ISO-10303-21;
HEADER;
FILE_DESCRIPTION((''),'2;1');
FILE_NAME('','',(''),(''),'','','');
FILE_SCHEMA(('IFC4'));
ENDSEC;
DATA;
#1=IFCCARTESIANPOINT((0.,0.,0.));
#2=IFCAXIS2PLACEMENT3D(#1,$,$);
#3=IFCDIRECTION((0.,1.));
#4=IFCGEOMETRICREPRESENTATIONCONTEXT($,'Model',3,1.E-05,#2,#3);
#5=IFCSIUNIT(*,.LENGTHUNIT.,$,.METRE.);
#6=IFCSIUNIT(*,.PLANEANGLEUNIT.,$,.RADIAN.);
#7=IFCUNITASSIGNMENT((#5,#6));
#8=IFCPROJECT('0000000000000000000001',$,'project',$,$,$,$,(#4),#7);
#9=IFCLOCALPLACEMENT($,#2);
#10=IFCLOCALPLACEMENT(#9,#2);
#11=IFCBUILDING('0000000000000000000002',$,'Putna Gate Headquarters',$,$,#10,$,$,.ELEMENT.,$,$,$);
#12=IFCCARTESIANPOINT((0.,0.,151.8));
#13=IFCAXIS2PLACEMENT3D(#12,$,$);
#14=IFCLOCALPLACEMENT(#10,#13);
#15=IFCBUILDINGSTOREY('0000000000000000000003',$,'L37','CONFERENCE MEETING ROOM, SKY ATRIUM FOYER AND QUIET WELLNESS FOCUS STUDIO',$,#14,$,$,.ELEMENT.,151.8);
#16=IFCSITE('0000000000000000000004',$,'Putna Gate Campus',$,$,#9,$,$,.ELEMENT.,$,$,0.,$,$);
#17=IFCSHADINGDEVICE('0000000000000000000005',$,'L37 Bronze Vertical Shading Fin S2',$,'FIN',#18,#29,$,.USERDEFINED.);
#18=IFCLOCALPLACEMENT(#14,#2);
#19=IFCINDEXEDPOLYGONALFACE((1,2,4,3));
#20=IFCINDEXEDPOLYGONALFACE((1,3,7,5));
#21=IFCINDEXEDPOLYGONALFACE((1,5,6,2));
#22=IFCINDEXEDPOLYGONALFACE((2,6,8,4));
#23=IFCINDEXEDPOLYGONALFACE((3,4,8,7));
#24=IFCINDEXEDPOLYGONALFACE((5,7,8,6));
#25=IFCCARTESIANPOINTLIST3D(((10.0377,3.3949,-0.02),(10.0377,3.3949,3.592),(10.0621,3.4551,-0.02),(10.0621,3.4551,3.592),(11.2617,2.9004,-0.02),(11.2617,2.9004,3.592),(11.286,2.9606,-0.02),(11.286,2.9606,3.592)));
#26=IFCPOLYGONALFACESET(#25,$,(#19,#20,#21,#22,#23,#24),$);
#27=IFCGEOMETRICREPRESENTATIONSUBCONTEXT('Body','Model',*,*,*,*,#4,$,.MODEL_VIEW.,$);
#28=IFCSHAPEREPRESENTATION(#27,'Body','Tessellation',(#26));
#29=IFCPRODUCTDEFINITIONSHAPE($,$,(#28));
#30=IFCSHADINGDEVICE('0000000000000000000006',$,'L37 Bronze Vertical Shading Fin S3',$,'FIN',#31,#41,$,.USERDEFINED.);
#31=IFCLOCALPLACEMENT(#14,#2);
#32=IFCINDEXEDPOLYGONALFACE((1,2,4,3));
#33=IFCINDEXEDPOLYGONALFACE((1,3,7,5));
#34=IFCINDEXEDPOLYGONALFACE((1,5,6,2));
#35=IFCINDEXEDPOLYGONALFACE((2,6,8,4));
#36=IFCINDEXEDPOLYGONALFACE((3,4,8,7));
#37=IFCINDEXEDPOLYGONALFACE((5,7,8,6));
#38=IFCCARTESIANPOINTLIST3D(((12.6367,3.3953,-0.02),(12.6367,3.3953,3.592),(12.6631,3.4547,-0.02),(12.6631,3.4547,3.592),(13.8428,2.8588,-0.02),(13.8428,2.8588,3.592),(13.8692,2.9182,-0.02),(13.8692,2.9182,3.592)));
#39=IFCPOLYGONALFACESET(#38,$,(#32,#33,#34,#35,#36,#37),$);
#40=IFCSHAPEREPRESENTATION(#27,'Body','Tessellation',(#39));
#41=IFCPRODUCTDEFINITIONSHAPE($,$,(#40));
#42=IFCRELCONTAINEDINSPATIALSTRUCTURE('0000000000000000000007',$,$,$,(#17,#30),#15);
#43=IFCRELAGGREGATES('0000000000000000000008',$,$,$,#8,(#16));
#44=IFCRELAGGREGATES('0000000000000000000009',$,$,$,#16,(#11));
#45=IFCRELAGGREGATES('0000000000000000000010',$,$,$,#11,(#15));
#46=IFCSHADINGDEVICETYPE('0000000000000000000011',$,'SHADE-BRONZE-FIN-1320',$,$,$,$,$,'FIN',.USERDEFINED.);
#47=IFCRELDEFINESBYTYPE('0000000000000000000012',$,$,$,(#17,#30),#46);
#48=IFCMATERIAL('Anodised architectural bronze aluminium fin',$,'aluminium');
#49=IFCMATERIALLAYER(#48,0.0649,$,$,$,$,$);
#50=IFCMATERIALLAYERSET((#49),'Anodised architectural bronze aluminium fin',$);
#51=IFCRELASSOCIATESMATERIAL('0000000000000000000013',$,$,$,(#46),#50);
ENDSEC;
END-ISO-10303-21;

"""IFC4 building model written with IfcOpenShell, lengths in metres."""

from ifc_helpers import new_model, si_unit, direction, frame, origin, origin_2d, place, context, subcontext, project, spatial, rectangle, extrude, material, layer, layer_set, type_object, element, save


model = new_model("IFC4")

# Units and contexts
model_context = context("Model", 3, precision=1e-05, world=origin(), true_north=direction((0.0, 1.0)))
body_context = subcontext(model_context, "Body", "Model", "MODEL_VIEW")
ifc_project = project(units=[si_unit("LENGTHUNIT", "METRE"), si_unit("PLANEANGLEUNIT", "RADIAN")], contexts=[model_context])

# Site, building, storey
site_placement = place(None, origin())
site = spatial("IfcSite", under=ifc_project, at=site_placement, Name="Putna Gate Campus", CompositionType="ELEMENT", RefElevation=0.0)
building_placement = place(site_placement, origin())
building = spatial("IfcBuilding", under=site, at=building_placement, Name="Putna Gate Headquarters", CompositionType="ELEMENT")
storey_placement = place(building_placement, frame((0.0, 0.0, 151.8)))
storey = spatial("IfcBuildingStorey", under=building, at=storey_placement, Name="L37", Description="CONFERENCE MEETING ROOM, SKY ATRIUM FOYER AND QUIET WELLNESS FOCUS STUDIO", CompositionType="ELEMENT", Elevation=151.8)

# Shading devices
ifc_material_1 = material(Name="Anodised architectural bronze aluminium fin", Category="aluminium")
ifc_layer_1 = layer(ifc_material_1, 0.0649)
ifc_layer_set_1 = layer_set([ifc_layer_1], Name="Anodised architectural bronze aluminium fin")
shading_device_type = type_object("IfcShadingDeviceType", Name="SHADE-BRONZE-FIN-1320", ElementType="FIN", PredefinedType="USERDEFINED", material=ifc_layer_set_1)
for number, where, z_axis, x_axis, name in (
    (1, (10.6619, 3.1777, -0.02), (0.0, 0.0, 1.0), (0.927184, -0.374607, 0.0), "L37 Bronze Vertical Shading Fin S2"),
    (2, (13.2529, 3.1567, -0.02), (0.0, 0.0, 1.0), (0.913687, -0.406418, 0.0), "L37 Bronze Vertical Shading Fin S3"),
):
    element("IfcShadingDevice", number, at=place(storey_placement, frame(where, z_axis=z_axis, x_axis=x_axis)), inside=storey, type_object=shading_device_type, Name=name, ObjectType="FIN", PredefinedType="USERDEFINED", context=body_context, shape_type="SweptSolid", body=[
        extrude(rectangle(XDim=1.3201, YDim=0.0649, at=origin_2d()), origin(), (0.0, 0.0, 1.0), 3.6121),
    ])

save(model, "model.ifc")
